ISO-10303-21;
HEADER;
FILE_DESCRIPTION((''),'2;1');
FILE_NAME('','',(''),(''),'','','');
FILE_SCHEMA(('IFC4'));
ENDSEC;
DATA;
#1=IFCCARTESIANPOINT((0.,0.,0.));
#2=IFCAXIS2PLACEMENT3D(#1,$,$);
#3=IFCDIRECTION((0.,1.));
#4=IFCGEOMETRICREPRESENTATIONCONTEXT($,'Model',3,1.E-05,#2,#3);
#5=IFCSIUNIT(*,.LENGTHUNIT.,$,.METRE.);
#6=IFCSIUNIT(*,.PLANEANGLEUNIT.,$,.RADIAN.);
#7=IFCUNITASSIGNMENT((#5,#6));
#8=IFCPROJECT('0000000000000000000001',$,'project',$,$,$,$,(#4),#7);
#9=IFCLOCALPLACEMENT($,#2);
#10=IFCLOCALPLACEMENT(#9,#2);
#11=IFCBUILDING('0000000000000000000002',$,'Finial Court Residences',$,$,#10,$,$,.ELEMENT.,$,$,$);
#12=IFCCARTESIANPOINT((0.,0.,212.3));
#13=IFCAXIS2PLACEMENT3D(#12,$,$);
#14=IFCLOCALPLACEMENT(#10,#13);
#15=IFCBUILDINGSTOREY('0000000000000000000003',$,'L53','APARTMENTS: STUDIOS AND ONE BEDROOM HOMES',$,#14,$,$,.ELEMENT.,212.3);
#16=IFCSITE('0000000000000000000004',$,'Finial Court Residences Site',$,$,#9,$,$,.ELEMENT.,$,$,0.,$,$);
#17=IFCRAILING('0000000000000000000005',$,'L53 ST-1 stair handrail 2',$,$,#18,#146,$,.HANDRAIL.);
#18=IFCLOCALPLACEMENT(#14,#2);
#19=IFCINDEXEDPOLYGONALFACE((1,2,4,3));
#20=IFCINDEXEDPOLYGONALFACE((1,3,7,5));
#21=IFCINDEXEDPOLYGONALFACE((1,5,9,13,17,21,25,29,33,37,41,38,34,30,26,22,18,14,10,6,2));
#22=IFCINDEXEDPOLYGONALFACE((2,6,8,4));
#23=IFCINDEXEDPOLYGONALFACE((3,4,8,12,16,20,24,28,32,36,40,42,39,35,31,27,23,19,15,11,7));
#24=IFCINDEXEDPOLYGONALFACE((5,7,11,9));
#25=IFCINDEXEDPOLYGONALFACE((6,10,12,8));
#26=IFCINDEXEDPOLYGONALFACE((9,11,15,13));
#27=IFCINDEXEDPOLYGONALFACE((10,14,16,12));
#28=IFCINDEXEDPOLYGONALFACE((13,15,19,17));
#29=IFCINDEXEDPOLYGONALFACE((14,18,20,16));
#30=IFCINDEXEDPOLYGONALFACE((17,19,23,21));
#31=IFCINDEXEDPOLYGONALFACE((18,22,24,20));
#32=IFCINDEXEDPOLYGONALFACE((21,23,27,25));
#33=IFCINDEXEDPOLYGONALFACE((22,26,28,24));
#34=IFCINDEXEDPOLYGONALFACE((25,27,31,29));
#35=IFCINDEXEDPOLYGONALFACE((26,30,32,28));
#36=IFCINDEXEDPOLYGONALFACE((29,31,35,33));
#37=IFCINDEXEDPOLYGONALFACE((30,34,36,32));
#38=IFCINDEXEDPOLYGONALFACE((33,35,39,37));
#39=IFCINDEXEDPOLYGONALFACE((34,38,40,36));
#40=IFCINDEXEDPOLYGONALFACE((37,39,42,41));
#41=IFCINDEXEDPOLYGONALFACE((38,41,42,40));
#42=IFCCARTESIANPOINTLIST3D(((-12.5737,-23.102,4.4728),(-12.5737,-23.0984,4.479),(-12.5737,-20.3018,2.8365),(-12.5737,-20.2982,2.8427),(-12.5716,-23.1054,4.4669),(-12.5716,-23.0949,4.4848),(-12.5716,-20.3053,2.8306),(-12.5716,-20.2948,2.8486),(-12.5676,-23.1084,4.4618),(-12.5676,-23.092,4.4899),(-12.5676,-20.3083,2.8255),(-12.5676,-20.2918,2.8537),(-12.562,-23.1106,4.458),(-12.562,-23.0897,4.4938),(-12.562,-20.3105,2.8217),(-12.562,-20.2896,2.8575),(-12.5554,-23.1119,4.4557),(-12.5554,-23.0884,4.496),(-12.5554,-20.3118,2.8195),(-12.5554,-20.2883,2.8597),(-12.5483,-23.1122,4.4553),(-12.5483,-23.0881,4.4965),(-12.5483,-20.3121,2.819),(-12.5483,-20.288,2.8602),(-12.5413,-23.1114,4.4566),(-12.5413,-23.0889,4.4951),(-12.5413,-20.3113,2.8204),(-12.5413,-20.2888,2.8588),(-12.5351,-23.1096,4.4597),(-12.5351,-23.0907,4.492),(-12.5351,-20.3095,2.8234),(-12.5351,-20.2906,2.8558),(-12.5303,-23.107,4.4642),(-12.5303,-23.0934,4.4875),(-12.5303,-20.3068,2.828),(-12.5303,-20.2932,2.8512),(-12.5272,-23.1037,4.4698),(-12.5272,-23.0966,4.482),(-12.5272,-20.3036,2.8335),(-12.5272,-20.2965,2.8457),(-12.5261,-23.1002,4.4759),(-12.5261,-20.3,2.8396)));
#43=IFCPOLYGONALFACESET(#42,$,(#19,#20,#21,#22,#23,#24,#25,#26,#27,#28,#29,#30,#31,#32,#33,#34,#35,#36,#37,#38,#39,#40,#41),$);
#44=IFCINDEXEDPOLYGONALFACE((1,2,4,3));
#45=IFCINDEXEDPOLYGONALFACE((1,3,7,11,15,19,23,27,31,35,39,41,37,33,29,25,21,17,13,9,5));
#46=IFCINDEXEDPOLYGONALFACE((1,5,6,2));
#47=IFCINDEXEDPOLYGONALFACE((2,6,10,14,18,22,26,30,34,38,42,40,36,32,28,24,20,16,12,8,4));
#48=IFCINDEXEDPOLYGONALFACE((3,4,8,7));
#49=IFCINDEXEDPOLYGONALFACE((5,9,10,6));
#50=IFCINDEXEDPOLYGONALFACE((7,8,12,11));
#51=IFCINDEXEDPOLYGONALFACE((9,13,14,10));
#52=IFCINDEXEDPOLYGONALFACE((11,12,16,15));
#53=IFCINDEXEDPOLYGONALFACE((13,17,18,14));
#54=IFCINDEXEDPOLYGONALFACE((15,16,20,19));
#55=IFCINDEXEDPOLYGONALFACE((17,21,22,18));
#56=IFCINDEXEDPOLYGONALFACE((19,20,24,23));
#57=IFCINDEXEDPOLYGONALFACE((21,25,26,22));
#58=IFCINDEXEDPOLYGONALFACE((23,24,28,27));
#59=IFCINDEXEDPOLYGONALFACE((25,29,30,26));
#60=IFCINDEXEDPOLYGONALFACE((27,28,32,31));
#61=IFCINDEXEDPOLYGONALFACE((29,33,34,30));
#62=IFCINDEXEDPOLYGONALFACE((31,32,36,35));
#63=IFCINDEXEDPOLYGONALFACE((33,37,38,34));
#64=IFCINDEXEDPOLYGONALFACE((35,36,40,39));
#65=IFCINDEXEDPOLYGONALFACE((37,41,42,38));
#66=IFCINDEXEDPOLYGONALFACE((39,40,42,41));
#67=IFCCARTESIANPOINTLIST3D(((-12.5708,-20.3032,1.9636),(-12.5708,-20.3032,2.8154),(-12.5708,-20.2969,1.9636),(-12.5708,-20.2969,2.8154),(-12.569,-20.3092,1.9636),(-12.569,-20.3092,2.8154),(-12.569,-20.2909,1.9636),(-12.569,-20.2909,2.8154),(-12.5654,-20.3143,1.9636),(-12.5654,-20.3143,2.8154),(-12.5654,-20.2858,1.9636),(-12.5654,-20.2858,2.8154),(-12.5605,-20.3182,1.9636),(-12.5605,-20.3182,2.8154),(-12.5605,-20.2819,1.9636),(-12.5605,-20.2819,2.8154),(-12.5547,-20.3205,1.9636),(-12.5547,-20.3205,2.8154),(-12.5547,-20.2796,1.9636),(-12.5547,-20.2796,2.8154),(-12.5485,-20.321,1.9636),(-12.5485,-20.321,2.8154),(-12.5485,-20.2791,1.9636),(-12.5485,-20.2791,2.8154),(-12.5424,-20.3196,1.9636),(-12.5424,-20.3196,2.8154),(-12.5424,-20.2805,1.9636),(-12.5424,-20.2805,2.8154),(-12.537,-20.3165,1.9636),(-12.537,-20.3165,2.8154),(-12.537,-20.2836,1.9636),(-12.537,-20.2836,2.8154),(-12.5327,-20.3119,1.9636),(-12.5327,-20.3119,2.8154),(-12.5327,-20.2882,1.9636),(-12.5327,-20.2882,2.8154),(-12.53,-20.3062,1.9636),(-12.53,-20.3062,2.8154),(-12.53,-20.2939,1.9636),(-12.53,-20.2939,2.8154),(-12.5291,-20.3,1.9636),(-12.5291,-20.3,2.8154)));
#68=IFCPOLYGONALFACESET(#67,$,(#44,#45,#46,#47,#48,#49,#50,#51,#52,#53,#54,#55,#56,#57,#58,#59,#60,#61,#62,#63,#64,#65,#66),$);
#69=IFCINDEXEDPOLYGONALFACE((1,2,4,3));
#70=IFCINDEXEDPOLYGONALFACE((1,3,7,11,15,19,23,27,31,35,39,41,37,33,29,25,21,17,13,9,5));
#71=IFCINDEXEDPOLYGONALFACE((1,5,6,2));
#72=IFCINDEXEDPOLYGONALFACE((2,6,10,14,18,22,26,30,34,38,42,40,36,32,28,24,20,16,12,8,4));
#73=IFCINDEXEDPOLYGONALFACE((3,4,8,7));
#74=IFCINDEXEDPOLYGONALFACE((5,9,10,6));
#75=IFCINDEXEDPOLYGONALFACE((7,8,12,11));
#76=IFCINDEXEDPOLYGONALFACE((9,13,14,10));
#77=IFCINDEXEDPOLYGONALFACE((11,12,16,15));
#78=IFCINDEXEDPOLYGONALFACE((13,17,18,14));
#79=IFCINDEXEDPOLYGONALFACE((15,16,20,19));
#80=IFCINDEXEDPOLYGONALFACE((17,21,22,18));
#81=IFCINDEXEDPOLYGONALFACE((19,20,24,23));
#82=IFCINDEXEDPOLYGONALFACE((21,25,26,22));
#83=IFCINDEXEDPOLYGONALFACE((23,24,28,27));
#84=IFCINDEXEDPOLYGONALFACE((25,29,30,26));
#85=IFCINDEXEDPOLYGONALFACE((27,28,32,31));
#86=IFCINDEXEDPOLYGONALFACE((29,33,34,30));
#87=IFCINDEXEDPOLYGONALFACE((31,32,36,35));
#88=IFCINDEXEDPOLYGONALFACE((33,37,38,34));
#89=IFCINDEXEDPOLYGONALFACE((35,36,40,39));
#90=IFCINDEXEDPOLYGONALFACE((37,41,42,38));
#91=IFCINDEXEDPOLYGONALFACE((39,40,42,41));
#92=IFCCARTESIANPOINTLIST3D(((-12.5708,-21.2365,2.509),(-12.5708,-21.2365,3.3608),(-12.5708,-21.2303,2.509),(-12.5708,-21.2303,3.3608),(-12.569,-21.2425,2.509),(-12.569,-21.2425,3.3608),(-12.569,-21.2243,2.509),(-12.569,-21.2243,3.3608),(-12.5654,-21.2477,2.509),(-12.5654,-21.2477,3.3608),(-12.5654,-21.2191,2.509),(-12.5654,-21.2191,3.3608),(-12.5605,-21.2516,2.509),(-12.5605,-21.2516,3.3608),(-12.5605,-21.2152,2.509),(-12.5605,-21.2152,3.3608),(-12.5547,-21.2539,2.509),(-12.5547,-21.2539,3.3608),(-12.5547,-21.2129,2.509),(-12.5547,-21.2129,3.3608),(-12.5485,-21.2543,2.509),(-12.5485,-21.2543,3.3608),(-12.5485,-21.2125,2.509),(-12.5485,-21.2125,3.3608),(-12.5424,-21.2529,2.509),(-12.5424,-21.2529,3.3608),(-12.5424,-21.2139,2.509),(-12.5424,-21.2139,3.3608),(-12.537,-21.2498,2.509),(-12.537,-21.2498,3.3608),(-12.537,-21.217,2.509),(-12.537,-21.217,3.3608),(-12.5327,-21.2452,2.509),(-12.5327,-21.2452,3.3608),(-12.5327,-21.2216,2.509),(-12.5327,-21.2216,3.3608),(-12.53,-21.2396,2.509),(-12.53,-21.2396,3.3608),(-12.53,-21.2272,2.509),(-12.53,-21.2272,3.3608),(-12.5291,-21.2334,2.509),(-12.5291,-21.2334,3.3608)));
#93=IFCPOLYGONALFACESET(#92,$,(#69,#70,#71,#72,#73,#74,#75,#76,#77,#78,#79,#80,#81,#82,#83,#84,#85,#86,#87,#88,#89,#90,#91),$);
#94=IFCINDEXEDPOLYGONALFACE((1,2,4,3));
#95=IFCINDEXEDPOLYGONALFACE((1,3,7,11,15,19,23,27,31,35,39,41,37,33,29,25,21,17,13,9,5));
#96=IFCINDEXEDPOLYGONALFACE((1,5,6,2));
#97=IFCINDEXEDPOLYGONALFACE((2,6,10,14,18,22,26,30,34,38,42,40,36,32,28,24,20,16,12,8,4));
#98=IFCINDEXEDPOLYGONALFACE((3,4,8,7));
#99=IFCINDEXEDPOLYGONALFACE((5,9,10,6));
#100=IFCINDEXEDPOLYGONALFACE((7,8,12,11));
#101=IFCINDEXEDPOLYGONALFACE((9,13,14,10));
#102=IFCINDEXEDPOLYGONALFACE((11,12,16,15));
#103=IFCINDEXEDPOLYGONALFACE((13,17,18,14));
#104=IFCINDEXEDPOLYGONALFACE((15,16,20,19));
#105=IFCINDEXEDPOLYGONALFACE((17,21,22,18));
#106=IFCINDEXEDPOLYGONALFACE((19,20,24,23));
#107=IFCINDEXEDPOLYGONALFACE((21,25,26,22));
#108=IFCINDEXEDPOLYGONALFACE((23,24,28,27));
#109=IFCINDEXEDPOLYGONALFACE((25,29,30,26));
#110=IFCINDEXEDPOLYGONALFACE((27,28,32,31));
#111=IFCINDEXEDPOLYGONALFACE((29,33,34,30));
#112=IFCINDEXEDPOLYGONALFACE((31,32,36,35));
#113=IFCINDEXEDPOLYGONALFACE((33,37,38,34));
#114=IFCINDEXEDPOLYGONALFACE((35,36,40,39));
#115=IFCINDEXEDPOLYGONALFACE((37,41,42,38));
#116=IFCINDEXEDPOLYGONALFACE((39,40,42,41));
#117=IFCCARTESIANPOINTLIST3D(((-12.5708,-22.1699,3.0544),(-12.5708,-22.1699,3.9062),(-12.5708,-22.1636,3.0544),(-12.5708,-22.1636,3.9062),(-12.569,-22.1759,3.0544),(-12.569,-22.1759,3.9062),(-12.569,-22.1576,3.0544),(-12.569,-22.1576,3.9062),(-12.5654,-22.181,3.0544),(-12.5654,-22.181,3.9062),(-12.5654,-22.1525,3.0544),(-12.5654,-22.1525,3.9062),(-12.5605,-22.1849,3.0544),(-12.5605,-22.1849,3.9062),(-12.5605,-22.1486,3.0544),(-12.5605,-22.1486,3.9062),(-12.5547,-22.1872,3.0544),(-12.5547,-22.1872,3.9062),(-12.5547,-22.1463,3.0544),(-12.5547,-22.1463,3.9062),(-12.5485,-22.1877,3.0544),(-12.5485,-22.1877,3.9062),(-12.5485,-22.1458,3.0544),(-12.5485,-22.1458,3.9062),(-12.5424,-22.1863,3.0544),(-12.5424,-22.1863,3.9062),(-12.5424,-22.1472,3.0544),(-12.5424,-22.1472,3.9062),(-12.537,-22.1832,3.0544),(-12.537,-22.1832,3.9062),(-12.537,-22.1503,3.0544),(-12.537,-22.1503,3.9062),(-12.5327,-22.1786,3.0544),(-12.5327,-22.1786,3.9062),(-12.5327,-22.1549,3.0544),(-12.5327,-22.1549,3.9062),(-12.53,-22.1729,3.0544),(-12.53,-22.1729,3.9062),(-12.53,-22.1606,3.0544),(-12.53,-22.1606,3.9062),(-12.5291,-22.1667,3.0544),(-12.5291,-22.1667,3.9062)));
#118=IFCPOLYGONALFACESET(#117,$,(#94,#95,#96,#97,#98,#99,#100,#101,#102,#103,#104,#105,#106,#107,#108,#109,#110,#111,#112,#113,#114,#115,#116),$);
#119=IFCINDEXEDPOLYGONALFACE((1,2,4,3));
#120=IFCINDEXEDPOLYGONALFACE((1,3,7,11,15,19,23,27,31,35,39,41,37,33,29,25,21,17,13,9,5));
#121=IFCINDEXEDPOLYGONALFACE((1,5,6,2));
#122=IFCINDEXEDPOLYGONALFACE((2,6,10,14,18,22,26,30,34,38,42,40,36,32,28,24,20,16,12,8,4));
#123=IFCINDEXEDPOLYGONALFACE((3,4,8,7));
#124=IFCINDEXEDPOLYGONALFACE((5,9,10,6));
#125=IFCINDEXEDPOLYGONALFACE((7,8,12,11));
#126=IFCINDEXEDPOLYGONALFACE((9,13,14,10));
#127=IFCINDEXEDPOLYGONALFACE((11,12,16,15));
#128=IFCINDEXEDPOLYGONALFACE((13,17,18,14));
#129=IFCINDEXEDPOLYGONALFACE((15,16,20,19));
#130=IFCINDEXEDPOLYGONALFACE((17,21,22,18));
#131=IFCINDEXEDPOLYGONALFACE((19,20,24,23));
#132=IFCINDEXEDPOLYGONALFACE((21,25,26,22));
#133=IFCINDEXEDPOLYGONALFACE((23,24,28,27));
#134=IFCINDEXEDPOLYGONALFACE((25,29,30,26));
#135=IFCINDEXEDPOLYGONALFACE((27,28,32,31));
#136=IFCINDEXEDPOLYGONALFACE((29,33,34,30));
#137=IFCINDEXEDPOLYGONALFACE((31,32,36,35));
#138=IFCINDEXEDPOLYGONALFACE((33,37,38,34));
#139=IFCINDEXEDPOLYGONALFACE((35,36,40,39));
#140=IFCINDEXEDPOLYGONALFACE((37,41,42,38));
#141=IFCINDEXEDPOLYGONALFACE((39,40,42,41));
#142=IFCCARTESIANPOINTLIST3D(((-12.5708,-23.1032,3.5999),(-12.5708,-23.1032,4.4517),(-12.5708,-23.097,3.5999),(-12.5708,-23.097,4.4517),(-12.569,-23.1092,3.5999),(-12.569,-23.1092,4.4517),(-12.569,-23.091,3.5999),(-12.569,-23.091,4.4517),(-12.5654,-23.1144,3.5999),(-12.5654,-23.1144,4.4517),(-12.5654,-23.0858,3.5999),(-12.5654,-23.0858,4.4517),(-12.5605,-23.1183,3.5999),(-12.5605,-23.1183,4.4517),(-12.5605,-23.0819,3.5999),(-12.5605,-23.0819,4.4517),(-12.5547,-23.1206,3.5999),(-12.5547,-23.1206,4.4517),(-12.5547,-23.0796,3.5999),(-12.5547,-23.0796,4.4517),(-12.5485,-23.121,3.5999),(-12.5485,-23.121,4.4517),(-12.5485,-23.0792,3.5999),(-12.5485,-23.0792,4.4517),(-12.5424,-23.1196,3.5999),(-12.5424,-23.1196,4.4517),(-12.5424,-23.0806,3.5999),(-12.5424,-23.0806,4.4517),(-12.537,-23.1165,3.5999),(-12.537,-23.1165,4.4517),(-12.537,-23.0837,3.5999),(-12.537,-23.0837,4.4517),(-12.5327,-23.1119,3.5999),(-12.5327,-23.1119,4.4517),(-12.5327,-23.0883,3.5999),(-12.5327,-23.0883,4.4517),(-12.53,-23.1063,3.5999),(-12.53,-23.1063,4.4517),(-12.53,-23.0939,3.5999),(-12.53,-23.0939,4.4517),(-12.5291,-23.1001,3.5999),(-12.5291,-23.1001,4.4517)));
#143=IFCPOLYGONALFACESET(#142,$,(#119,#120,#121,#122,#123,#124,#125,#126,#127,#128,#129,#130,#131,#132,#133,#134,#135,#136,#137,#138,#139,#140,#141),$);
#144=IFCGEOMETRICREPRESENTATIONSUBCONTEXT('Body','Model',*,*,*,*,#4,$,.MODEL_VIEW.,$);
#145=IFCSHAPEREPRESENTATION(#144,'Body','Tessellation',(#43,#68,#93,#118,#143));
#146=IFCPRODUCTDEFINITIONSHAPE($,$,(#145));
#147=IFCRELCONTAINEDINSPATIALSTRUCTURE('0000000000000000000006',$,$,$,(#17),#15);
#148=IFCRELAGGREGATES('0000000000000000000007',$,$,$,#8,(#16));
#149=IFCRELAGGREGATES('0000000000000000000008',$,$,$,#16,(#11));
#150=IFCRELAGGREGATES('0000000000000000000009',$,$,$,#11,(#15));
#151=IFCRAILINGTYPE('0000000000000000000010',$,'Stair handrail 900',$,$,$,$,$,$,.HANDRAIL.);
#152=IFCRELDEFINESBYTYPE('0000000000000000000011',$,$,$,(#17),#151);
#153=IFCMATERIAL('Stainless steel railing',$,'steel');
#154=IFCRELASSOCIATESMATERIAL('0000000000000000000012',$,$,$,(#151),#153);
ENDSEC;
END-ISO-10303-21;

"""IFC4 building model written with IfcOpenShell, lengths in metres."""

from ifc_helpers import new_model, si_unit, direction, frame, origin, origin_2d, place, context, subcontext, project, spatial, circle, extrude, material, type_object, element, save


model = new_model("IFC4")

# Units and contexts
model_context = context("Model", 3, precision=1e-05, world=origin(), true_north=direction((0.0, 1.0)))
body_context = subcontext(model_context, "Body", "Model", "MODEL_VIEW")
ifc_project = project(units=[si_unit("LENGTHUNIT", "METRE"), si_unit("PLANEANGLEUNIT", "RADIAN")], contexts=[model_context])

# Site, building, storey
site_placement = place(None, origin())
site = spatial("IfcSite", under=ifc_project, at=site_placement, Name="Finial Court Residences Site", CompositionType="ELEMENT", RefElevation=0.0)
building_placement = place(site_placement, origin())
building = spatial("IfcBuilding", under=site, at=building_placement, Name="Finial Court Residences", CompositionType="ELEMENT")
storey_placement = place(building_placement, frame((0.0, 0.0, 212.3)))
storey = spatial("IfcBuildingStorey", under=building, at=storey_placement, Name="L53", Description="APARTMENTS: STUDIOS AND ONE BEDROOM HOMES", CompositionType="ELEMENT", Elevation=212.3)

# Railing
ifc_material_1 = material(Name="Stainless steel railing", Category="steel")
railing_type_1 = type_object("IfcRailingType", Name="Stair handrail 900", PredefinedType="HANDRAIL", material=ifc_material_1)
railing_1_placement = place(storey_placement, frame((-12.55, -20.3, 1.9636)))
element("IfcRailing", 1, at=railing_1_placement, inside=storey, type_object=railing_type_1, Name="L53 ST-1 stair handrail 2", PredefinedType="HANDRAIL", context=body_context, shape_type="SweptSolid", body=[
    extrude(circle(Radius=0.0239, at=origin_2d()), frame((0.0, 0.0, 0.876), z_axis=(0.0, -0.863394, 0.504531), x_axis=(1.0, 0.0, 0.0)), (0.0, 0.0, 1.0), 3.2432),
    extrude(circle(Radius=0.021, at=origin_2d()), origin(), (0.0, 0.0, 1.0), 0.8518),
    extrude(circle(Radius=0.021, at=origin_2d()), frame((0.0, -0.9333, 0.5454)), (0.0, 0.0, 1.0), 0.8518),
    extrude(circle(Radius=0.021, at=origin_2d()), frame((0.0, -1.8667, 1.0908)), (0.0, 0.0, 1.0), 0.8518),
    extrude(circle(Radius=0.021, at=origin_2d()), frame((0.0, -2.8, 1.6362)), (0.0, 0.0, 1.0), 0.8518),
])

save(model, "model.ifc")
